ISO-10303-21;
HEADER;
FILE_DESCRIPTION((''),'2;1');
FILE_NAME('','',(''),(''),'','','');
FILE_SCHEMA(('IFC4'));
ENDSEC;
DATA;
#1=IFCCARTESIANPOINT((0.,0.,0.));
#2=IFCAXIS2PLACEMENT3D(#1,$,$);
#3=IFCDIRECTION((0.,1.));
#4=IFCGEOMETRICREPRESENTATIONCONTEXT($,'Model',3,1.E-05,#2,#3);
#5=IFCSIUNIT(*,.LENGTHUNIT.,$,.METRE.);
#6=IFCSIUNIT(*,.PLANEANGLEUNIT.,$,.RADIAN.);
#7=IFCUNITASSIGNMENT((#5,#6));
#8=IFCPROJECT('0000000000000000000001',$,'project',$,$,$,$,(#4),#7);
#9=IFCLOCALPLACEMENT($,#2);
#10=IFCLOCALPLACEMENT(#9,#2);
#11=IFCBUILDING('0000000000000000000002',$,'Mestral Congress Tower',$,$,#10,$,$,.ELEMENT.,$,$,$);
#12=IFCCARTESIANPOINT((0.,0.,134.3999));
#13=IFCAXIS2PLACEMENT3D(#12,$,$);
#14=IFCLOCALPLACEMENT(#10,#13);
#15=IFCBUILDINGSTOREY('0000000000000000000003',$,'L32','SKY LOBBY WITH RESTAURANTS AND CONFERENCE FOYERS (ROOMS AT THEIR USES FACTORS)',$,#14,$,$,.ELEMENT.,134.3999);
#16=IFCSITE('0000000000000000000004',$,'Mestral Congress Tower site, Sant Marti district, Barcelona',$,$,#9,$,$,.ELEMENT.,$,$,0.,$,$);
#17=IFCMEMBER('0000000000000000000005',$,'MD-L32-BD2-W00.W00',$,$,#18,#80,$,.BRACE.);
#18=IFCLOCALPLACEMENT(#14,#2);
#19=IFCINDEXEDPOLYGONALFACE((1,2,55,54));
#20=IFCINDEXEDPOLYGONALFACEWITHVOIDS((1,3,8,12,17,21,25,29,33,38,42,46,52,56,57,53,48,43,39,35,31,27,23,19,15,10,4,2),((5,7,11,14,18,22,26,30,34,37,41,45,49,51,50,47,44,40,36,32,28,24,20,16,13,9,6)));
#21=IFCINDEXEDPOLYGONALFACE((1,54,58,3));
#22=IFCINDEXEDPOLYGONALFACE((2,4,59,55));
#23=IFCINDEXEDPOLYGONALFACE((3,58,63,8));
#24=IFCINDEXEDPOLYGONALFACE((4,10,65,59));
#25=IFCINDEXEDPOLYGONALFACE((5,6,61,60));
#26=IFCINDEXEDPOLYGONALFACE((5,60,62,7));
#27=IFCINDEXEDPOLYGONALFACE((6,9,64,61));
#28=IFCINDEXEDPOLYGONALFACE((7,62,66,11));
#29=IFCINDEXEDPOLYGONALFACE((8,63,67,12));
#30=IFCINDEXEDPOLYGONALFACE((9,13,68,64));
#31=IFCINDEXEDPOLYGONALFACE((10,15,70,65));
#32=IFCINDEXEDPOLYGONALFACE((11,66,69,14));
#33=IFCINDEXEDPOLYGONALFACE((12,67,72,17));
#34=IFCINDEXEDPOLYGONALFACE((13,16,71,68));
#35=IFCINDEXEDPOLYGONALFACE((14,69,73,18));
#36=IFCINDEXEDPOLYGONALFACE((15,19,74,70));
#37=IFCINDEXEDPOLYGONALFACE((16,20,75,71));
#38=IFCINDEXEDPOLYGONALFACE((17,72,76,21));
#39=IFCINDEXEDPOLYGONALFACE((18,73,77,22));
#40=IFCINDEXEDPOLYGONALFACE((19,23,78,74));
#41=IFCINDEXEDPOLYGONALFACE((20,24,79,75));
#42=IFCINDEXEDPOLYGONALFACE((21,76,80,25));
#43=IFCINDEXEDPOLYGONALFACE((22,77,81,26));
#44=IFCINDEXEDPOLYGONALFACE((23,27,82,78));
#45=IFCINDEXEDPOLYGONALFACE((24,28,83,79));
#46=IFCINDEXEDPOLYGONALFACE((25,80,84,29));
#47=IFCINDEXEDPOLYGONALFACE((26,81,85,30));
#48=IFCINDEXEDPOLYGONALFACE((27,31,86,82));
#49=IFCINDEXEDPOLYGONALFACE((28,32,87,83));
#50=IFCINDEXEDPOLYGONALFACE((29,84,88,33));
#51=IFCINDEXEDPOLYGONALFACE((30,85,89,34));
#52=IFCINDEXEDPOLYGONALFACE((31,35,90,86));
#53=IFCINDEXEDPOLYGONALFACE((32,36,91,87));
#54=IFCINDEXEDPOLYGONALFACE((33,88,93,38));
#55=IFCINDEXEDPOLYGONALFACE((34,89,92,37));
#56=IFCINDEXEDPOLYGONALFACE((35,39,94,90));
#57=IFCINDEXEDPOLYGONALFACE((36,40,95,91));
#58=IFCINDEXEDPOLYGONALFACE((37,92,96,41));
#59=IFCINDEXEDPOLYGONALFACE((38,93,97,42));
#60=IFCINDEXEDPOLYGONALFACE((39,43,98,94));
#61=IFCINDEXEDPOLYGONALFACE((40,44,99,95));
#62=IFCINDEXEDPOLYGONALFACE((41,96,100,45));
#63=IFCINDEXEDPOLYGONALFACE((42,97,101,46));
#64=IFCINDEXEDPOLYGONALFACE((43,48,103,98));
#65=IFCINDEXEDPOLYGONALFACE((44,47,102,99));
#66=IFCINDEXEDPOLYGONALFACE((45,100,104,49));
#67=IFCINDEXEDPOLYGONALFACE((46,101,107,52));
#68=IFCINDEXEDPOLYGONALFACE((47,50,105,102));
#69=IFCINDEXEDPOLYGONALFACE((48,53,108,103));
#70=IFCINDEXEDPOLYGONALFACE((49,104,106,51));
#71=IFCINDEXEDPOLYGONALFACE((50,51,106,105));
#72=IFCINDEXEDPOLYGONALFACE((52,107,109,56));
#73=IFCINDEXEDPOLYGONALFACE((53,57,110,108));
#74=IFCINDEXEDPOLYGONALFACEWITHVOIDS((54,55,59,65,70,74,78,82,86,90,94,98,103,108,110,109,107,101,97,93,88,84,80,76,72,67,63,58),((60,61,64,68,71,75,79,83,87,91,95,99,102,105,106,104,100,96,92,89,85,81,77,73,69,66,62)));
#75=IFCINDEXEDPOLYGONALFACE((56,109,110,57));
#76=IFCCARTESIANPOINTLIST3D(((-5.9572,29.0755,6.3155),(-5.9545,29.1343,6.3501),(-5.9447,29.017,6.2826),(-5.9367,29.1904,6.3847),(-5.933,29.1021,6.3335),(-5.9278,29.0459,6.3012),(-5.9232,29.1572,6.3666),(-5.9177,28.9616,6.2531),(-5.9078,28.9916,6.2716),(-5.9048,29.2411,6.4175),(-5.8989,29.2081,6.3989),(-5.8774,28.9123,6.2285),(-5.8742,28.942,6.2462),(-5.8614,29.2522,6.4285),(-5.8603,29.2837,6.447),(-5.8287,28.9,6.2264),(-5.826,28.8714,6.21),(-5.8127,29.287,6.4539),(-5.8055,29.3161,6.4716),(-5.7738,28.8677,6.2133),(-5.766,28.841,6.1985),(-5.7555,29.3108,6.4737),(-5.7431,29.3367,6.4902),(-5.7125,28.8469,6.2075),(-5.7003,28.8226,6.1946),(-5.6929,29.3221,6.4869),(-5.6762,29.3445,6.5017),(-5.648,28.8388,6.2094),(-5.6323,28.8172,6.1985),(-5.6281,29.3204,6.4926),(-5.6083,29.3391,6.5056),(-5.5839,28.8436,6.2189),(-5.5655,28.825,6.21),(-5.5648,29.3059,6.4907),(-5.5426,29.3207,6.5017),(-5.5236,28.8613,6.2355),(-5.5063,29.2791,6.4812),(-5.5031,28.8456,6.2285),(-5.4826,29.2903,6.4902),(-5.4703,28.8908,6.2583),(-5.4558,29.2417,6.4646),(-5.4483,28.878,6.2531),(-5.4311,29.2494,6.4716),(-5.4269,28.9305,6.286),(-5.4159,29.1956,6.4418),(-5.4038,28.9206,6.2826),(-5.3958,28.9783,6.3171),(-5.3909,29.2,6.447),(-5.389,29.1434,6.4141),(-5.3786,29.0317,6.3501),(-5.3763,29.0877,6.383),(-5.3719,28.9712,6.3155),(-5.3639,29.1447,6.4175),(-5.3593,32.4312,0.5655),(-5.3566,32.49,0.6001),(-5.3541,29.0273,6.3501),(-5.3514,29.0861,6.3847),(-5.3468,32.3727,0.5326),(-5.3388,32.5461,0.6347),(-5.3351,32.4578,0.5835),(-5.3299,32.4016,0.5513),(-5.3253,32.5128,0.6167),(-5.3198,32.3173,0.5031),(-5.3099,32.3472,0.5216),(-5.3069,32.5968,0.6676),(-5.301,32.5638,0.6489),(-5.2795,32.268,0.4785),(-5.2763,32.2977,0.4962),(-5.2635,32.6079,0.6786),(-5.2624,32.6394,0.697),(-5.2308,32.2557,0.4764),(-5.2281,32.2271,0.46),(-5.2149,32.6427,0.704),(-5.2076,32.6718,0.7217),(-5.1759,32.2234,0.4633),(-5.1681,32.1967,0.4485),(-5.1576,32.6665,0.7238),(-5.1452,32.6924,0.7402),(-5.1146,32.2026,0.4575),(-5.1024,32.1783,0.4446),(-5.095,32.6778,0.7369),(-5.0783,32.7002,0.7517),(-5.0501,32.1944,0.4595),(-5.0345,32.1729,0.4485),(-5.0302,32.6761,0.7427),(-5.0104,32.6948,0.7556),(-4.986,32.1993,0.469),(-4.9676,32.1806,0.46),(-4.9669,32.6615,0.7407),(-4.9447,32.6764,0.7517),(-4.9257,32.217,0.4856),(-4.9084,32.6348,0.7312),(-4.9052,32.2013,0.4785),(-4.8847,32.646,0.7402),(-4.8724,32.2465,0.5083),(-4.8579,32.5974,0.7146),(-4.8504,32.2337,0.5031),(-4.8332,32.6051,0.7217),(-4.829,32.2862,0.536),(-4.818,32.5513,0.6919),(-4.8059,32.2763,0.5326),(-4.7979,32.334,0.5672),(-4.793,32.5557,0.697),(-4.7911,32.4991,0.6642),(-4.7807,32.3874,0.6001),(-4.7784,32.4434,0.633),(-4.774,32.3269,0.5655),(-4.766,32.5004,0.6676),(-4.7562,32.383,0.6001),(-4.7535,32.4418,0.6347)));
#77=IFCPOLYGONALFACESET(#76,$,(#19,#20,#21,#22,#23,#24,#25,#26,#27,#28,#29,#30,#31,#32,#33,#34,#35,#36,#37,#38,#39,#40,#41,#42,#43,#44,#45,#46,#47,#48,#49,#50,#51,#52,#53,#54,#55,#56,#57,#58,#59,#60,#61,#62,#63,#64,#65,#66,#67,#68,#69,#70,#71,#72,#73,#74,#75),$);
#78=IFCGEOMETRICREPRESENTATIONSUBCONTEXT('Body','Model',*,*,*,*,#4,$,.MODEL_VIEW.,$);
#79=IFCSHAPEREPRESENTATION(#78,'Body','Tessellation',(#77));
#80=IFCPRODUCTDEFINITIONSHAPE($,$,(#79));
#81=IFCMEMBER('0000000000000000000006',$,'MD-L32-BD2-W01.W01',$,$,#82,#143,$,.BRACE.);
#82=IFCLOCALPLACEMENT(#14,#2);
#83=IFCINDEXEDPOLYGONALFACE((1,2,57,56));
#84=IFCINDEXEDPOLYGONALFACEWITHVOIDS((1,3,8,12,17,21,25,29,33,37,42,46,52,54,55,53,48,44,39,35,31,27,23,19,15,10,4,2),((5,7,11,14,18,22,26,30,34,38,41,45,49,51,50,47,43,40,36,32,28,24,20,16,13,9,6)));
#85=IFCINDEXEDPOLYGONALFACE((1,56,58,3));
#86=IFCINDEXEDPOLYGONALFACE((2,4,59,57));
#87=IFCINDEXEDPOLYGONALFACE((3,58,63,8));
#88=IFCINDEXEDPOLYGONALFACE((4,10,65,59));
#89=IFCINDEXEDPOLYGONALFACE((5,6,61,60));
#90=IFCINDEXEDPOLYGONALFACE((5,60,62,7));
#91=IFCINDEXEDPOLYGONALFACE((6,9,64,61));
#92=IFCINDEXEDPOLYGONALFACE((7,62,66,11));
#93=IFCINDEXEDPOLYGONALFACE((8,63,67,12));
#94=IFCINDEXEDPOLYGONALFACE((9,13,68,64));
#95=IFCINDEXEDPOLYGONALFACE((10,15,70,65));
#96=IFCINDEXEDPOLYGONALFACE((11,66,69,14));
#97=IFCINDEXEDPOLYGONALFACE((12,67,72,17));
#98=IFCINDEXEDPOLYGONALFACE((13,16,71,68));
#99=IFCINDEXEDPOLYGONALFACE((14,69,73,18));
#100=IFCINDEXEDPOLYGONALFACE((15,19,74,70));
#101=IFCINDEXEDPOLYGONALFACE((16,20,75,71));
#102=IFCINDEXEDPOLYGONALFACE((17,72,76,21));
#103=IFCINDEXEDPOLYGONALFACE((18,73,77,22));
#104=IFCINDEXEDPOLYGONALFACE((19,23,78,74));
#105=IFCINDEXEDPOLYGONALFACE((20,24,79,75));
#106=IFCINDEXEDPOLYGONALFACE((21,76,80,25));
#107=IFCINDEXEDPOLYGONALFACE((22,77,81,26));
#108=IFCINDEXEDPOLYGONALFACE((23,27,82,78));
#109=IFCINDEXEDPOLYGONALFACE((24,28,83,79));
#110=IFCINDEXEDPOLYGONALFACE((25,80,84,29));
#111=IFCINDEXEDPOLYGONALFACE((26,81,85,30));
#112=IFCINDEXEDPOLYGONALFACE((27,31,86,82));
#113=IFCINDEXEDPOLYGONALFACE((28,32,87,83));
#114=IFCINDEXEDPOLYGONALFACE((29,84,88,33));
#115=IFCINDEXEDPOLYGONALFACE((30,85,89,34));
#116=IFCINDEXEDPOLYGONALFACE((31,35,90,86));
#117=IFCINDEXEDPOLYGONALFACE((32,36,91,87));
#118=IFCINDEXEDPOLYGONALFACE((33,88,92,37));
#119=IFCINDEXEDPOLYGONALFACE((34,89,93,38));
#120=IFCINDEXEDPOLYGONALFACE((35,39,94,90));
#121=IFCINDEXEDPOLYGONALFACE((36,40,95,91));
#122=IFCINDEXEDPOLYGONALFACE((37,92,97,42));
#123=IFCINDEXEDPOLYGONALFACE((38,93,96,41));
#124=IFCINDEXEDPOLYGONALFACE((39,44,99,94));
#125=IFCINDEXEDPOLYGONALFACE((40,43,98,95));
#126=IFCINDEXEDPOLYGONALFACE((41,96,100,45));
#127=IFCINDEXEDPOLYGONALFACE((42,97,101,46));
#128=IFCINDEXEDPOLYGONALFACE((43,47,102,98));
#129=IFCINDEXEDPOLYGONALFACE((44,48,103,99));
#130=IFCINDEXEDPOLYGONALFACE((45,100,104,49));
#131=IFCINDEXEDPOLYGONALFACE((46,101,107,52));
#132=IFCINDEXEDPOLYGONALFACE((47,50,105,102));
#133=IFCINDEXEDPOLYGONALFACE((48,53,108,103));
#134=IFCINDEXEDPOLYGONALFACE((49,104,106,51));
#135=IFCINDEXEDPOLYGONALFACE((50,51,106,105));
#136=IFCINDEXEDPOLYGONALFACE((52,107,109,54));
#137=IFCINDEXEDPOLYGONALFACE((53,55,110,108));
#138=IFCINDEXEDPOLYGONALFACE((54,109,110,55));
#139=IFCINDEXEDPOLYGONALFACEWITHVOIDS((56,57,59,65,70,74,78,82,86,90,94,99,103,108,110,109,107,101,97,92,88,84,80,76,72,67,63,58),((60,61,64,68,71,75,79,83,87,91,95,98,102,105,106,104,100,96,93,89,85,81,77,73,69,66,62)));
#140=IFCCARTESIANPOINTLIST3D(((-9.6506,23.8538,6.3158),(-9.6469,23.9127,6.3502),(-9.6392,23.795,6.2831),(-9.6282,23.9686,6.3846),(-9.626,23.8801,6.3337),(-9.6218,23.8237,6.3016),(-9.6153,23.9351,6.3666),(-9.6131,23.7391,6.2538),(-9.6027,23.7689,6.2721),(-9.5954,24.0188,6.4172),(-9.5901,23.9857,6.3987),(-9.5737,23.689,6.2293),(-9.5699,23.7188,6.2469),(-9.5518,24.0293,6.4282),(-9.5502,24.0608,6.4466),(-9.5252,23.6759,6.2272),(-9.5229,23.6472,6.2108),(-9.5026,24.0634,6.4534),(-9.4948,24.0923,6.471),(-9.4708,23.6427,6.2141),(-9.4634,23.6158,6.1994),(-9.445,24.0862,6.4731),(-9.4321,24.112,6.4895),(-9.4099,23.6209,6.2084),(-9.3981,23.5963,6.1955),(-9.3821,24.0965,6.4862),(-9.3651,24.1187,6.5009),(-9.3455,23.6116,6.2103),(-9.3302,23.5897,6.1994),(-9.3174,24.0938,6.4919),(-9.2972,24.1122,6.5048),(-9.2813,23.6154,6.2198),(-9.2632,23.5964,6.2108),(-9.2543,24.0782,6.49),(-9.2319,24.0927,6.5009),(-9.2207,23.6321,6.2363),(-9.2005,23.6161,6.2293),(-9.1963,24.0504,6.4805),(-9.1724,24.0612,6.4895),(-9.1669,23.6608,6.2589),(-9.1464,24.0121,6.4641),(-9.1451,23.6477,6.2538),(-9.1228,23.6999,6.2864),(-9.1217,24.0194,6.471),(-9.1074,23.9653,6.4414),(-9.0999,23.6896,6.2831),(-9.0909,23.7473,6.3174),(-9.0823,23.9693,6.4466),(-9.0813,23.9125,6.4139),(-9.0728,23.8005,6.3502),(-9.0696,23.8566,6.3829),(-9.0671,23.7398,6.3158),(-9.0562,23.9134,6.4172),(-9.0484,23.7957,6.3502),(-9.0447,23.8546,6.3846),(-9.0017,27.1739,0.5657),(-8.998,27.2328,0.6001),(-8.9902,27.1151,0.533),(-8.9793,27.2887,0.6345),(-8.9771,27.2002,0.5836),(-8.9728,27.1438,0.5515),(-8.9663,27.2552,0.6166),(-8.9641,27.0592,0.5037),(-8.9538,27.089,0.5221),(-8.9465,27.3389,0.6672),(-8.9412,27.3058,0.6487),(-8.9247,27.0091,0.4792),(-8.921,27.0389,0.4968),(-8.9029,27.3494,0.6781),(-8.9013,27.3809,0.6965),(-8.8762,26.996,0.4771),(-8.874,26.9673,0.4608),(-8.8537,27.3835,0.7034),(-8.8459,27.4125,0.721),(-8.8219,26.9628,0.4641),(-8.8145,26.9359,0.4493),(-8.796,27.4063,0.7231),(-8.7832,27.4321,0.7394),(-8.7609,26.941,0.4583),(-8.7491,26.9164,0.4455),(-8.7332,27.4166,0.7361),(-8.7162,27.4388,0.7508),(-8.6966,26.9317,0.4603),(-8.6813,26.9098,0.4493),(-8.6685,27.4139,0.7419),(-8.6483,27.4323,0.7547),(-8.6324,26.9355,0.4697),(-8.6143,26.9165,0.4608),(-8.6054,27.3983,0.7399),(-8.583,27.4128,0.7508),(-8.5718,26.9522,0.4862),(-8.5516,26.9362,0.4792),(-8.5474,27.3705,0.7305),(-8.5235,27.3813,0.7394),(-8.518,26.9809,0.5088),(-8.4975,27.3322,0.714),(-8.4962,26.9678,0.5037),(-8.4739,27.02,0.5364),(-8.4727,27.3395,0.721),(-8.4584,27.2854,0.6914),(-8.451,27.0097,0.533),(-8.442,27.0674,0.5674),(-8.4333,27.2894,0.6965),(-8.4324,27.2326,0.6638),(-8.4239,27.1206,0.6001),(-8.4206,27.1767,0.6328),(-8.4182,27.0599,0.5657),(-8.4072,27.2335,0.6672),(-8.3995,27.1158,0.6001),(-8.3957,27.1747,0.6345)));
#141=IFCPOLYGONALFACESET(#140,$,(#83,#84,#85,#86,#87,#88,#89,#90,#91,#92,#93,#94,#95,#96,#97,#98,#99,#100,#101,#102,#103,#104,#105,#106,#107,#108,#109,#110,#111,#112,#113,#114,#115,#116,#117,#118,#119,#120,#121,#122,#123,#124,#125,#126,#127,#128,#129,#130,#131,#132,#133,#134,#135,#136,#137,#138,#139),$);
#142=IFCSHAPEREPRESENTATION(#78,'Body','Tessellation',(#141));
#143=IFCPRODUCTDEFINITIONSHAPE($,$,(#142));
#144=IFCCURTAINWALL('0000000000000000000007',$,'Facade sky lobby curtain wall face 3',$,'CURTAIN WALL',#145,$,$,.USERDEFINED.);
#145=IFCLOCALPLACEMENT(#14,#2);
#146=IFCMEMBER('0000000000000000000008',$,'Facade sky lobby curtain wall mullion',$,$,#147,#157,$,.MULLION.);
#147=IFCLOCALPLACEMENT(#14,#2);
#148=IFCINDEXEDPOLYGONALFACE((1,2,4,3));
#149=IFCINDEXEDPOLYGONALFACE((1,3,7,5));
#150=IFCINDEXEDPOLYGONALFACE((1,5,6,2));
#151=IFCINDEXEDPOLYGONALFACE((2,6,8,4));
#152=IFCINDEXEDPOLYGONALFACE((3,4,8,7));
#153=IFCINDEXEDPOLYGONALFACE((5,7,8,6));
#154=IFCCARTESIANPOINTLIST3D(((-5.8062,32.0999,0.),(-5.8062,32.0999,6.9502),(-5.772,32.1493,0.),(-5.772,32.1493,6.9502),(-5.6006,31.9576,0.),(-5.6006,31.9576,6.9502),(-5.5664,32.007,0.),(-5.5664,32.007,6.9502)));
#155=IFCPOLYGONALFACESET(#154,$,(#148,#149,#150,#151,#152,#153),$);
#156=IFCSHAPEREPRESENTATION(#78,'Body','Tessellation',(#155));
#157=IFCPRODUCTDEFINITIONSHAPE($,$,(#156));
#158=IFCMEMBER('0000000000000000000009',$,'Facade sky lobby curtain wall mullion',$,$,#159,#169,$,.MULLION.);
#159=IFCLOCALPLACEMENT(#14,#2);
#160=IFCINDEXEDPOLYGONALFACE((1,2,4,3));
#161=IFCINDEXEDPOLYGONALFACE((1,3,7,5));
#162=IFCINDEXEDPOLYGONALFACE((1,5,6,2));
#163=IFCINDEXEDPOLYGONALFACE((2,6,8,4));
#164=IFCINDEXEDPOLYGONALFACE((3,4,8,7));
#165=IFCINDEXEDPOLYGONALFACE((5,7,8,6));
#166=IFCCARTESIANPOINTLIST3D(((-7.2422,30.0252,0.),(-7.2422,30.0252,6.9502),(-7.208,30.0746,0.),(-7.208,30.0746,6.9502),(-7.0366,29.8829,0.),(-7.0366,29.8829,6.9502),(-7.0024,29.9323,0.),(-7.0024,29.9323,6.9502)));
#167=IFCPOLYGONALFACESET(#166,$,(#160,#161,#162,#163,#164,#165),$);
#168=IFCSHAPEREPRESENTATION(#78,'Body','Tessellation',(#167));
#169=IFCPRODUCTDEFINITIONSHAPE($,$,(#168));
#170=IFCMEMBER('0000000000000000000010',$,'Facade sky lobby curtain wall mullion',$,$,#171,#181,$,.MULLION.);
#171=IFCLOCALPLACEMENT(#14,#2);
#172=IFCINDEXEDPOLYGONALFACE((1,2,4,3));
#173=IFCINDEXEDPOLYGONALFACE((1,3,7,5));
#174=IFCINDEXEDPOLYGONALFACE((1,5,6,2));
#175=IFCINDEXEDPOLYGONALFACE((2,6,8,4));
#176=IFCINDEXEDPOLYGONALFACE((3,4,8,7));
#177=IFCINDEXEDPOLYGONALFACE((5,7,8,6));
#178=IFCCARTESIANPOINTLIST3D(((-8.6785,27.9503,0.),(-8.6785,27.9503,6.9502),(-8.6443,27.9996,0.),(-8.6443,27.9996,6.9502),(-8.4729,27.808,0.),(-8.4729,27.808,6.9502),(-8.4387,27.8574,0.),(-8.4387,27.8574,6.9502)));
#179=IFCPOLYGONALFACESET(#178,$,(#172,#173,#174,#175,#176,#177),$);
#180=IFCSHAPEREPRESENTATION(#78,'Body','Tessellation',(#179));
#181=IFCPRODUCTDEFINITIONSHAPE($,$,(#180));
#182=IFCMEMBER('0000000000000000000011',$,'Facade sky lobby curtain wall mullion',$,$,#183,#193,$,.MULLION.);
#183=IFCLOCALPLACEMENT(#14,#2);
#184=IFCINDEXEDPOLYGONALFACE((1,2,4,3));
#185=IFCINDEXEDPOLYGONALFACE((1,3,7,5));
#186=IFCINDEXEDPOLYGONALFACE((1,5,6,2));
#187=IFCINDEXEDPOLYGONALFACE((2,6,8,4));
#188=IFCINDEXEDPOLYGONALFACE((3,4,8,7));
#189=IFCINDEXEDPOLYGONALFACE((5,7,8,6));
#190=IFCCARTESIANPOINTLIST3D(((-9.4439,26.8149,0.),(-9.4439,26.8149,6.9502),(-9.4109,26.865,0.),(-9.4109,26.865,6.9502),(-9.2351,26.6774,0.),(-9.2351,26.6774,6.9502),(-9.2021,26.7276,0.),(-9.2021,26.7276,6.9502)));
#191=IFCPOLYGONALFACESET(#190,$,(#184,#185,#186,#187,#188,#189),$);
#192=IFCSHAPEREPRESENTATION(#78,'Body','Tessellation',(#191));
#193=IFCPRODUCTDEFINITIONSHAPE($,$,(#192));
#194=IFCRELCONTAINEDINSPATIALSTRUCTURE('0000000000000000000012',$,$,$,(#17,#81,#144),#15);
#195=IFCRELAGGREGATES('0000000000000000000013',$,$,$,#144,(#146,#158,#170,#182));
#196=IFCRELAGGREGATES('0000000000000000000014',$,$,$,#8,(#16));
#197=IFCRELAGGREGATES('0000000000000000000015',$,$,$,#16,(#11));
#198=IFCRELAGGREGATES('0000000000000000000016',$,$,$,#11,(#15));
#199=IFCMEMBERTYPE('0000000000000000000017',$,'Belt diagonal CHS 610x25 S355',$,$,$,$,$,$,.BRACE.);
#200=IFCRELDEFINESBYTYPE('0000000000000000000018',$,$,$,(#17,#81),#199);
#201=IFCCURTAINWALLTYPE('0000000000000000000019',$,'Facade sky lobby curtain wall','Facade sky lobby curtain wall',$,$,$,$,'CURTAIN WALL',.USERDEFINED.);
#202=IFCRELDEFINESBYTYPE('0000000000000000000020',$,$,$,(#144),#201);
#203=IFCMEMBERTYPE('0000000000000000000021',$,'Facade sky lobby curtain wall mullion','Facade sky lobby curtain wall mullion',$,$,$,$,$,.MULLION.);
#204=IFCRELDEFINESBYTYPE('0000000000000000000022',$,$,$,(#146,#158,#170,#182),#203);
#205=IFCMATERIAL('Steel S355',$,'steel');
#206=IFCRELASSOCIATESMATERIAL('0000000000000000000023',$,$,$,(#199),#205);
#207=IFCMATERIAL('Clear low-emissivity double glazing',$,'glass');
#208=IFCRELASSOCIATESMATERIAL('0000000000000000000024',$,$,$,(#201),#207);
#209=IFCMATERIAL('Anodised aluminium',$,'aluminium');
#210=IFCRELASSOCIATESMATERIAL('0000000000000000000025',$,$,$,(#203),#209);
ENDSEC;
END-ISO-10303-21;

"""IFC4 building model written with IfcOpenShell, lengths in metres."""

from ifc_helpers import new_model, si_unit, direction, frame, origin, origin_2d, place, context, subcontext, project, spatial, rectangle, hollow_circle, extrude, material, material_profile, profile_set, type_object, element, aggregate, save


model = new_model("IFC4")

# Units and contexts
model_context = context("Model", 3, precision=1e-05, world=origin(), true_north=direction((0.0, 1.0)))
body_context = subcontext(model_context, "Body", "Model", "MODEL_VIEW")
ifc_project = project(units=[si_unit("LENGTHUNIT", "METRE"), si_unit("PLANEANGLEUNIT", "RADIAN")], contexts=[model_context])

# Site, building, storey
site_placement = place(None, origin())
site = spatial("IfcSite", under=ifc_project, at=site_placement, Name="Mestral Congress Tower site, Sant Marti district, Barcelona", CompositionType="ELEMENT", RefElevation=0.0)
building_placement = place(site_placement, origin())
building = spatial("IfcBuilding", under=site, at=building_placement, Name="Mestral Congress Tower", CompositionType="ELEMENT")
storey_placement = place(building_placement, frame((0.0, 0.0, 134.3999)))
storey = spatial("IfcBuildingStorey", under=building, at=storey_placement, Name="L32", Description="SKY LOBBY WITH RESTAURANTS AND CONFERENCE FOYERS (ROOMS AT THEIR USES FACTORS)", CompositionType="ELEMENT", Elevation=134.3999)

# Members
ifc_material_1 = material(Name="Steel S355", Category="steel")
ifc_material_profile_1 = material_profile(ifc_material_1, hollow_circle(Radius=0.3049, WallThickness=0.0249, at=origin_2d()), Name="CHS 610x25")
ifc_profile_set_1 = profile_set([ifc_material_profile_1], Name="Steel S355")
member_type_1 = type_object("IfcMemberType", Name="Belt diagonal CHS 610x25 S355", PredefinedType="BRACE", material=ifc_profile_set_1)
member_1_placement = place(storey_placement, frame((-5.0564, 32.4365, 0.6001), z_axis=(-0.089448, -0.502024, 0.860216), x_axis=(0.984495, -0.175411, 0.0)))
element("IfcMember", 1, at=member_1_placement, inside=storey, type_object=member_type_1, Name="MD-L32-BD2-W00.W00", PredefinedType="BRACE", context=body_context, shape_type="SweptSolid", body=[
    extrude(hollow_circle(Radius=0.3049, WallThickness=0.0249, at=origin_2d()), origin(), (0.0, 0.0, 1.0), 6.6843),
])
member_2_placement = place(storey_placement, frame((-8.6987, 27.1743, 0.6001), z_axis=(-0.097271, -0.497663, 0.861899), x_axis=(0.981429, -0.191826, 0.0)))
element("IfcMember", 2, at=member_2_placement, inside=storey, type_object=member_type_1, Name="MD-L32-BD2-W01.W01", PredefinedType="BRACE", context=body_context, shape_type="SweptSolid", body=[
    extrude(hollow_circle(Radius=0.3049, WallThickness=0.0249, at=origin_2d()), origin(), (0.0, 0.0, 1.0), 6.6714),
])

# Curtain wall, members
ifc_material_2 = material(Name="Clear low-emissivity double glazing", Category="glass")
curtain_wall_type = type_object("IfcCurtainWallType", Name="Facade sky lobby curtain wall", Description="Facade sky lobby curtain wall", ElementType="CURTAIN WALL", PredefinedType="USERDEFINED", material=ifc_material_2)
curtain_wall_placement = place(storey_placement, origin())
curtain_wall = element("IfcCurtainWall", 3, at=curtain_wall_placement, inside=storey, type_object=curtain_wall_type, Name="Facade sky lobby curtain wall face 3", ObjectType="CURTAIN WALL", PredefinedType="USERDEFINED")
ifc_material_3 = material(Name="Anodised aluminium", Category="aluminium")
ifc_material_profile_2 = material_profile(ifc_material_3, rectangle(XDim=0.25, YDim=0.0601, at=origin_2d()), Name="CW1 mullion 250 x 60")
ifc_profile_set_2 = profile_set([ifc_material_profile_2], Name="Anodised aluminium")
member_type_2 = type_object("IfcMemberType", Name="Facade sky lobby curtain wall mullion", Description="Facade sky lobby curtain wall mullion", PredefinedType="MULLION", material=ifc_profile_set_2)
member_3_placement = place(storey_placement, frame((-5.6863, 32.0535, 0.0), z_axis=(0.0, 0.0, 1.0), x_axis=(-0.822242, 0.569137, 0.0)))
member_3 = element("IfcMember", 4, at=member_3_placement, type_object=member_type_2, Name="Facade sky lobby curtain wall mullion", PredefinedType="MULLION", context=body_context, shape_type="SweptSolid", body=[
    extrude(rectangle(XDim=0.25, YDim=0.0601, at=origin_2d()), origin(), (0.0, 0.0, 1.0), 6.9502),
])
member_4_placement = place(storey_placement, frame((-7.1223, 29.9788, 0.0), z_axis=(0.0, 0.0, 1.0), x_axis=(-0.822242, 0.569137, 0.0)))
member_4 = element("IfcMember", 5, at=member_4_placement, type_object=member_type_2, Name="Facade sky lobby curtain wall mullion", PredefinedType="MULLION", context=body_context, shape_type="SweptSolid", body=[
    extrude(rectangle(XDim=0.25, YDim=0.0601, at=origin_2d()), origin(), (0.0, 0.0, 1.0), 6.9502),
])
member_5_placement = place(storey_placement, frame((-8.5586, 27.9038, 0.0), z_axis=(0.0, 0.0, 1.0), x_axis=(-0.822242, 0.569137, 0.0)))
member_5 = element("IfcMember", 6, at=member_5_placement, type_object=member_type_2, Name="Facade sky lobby curtain wall mullion", PredefinedType="MULLION", context=body_context, shape_type="SweptSolid", body=[
    extrude(rectangle(XDim=0.25, YDim=0.0601, at=origin_2d()), origin(), (0.0, 0.0, 1.0), 6.9502),
])
member_6_placement = place(storey_placement, frame((-9.323, 26.7712, 0.0), z_axis=(0.0, 0.0, 1.0), x_axis=(-0.835326, 0.549755, 0.0)))
member_6 = element("IfcMember", 7, at=member_6_placement, type_object=member_type_2, Name="Facade sky lobby curtain wall mullion", PredefinedType="MULLION", context=body_context, shape_type="SweptSolid", body=[
    extrude(rectangle(XDim=0.25, YDim=0.0601, at=origin_2d()), origin(), (0.0, 0.0, 1.0), 6.9502),
])

aggregate(curtain_wall, [member_3, member_4, member_5, member_6])

save(model, "model.ifc")
